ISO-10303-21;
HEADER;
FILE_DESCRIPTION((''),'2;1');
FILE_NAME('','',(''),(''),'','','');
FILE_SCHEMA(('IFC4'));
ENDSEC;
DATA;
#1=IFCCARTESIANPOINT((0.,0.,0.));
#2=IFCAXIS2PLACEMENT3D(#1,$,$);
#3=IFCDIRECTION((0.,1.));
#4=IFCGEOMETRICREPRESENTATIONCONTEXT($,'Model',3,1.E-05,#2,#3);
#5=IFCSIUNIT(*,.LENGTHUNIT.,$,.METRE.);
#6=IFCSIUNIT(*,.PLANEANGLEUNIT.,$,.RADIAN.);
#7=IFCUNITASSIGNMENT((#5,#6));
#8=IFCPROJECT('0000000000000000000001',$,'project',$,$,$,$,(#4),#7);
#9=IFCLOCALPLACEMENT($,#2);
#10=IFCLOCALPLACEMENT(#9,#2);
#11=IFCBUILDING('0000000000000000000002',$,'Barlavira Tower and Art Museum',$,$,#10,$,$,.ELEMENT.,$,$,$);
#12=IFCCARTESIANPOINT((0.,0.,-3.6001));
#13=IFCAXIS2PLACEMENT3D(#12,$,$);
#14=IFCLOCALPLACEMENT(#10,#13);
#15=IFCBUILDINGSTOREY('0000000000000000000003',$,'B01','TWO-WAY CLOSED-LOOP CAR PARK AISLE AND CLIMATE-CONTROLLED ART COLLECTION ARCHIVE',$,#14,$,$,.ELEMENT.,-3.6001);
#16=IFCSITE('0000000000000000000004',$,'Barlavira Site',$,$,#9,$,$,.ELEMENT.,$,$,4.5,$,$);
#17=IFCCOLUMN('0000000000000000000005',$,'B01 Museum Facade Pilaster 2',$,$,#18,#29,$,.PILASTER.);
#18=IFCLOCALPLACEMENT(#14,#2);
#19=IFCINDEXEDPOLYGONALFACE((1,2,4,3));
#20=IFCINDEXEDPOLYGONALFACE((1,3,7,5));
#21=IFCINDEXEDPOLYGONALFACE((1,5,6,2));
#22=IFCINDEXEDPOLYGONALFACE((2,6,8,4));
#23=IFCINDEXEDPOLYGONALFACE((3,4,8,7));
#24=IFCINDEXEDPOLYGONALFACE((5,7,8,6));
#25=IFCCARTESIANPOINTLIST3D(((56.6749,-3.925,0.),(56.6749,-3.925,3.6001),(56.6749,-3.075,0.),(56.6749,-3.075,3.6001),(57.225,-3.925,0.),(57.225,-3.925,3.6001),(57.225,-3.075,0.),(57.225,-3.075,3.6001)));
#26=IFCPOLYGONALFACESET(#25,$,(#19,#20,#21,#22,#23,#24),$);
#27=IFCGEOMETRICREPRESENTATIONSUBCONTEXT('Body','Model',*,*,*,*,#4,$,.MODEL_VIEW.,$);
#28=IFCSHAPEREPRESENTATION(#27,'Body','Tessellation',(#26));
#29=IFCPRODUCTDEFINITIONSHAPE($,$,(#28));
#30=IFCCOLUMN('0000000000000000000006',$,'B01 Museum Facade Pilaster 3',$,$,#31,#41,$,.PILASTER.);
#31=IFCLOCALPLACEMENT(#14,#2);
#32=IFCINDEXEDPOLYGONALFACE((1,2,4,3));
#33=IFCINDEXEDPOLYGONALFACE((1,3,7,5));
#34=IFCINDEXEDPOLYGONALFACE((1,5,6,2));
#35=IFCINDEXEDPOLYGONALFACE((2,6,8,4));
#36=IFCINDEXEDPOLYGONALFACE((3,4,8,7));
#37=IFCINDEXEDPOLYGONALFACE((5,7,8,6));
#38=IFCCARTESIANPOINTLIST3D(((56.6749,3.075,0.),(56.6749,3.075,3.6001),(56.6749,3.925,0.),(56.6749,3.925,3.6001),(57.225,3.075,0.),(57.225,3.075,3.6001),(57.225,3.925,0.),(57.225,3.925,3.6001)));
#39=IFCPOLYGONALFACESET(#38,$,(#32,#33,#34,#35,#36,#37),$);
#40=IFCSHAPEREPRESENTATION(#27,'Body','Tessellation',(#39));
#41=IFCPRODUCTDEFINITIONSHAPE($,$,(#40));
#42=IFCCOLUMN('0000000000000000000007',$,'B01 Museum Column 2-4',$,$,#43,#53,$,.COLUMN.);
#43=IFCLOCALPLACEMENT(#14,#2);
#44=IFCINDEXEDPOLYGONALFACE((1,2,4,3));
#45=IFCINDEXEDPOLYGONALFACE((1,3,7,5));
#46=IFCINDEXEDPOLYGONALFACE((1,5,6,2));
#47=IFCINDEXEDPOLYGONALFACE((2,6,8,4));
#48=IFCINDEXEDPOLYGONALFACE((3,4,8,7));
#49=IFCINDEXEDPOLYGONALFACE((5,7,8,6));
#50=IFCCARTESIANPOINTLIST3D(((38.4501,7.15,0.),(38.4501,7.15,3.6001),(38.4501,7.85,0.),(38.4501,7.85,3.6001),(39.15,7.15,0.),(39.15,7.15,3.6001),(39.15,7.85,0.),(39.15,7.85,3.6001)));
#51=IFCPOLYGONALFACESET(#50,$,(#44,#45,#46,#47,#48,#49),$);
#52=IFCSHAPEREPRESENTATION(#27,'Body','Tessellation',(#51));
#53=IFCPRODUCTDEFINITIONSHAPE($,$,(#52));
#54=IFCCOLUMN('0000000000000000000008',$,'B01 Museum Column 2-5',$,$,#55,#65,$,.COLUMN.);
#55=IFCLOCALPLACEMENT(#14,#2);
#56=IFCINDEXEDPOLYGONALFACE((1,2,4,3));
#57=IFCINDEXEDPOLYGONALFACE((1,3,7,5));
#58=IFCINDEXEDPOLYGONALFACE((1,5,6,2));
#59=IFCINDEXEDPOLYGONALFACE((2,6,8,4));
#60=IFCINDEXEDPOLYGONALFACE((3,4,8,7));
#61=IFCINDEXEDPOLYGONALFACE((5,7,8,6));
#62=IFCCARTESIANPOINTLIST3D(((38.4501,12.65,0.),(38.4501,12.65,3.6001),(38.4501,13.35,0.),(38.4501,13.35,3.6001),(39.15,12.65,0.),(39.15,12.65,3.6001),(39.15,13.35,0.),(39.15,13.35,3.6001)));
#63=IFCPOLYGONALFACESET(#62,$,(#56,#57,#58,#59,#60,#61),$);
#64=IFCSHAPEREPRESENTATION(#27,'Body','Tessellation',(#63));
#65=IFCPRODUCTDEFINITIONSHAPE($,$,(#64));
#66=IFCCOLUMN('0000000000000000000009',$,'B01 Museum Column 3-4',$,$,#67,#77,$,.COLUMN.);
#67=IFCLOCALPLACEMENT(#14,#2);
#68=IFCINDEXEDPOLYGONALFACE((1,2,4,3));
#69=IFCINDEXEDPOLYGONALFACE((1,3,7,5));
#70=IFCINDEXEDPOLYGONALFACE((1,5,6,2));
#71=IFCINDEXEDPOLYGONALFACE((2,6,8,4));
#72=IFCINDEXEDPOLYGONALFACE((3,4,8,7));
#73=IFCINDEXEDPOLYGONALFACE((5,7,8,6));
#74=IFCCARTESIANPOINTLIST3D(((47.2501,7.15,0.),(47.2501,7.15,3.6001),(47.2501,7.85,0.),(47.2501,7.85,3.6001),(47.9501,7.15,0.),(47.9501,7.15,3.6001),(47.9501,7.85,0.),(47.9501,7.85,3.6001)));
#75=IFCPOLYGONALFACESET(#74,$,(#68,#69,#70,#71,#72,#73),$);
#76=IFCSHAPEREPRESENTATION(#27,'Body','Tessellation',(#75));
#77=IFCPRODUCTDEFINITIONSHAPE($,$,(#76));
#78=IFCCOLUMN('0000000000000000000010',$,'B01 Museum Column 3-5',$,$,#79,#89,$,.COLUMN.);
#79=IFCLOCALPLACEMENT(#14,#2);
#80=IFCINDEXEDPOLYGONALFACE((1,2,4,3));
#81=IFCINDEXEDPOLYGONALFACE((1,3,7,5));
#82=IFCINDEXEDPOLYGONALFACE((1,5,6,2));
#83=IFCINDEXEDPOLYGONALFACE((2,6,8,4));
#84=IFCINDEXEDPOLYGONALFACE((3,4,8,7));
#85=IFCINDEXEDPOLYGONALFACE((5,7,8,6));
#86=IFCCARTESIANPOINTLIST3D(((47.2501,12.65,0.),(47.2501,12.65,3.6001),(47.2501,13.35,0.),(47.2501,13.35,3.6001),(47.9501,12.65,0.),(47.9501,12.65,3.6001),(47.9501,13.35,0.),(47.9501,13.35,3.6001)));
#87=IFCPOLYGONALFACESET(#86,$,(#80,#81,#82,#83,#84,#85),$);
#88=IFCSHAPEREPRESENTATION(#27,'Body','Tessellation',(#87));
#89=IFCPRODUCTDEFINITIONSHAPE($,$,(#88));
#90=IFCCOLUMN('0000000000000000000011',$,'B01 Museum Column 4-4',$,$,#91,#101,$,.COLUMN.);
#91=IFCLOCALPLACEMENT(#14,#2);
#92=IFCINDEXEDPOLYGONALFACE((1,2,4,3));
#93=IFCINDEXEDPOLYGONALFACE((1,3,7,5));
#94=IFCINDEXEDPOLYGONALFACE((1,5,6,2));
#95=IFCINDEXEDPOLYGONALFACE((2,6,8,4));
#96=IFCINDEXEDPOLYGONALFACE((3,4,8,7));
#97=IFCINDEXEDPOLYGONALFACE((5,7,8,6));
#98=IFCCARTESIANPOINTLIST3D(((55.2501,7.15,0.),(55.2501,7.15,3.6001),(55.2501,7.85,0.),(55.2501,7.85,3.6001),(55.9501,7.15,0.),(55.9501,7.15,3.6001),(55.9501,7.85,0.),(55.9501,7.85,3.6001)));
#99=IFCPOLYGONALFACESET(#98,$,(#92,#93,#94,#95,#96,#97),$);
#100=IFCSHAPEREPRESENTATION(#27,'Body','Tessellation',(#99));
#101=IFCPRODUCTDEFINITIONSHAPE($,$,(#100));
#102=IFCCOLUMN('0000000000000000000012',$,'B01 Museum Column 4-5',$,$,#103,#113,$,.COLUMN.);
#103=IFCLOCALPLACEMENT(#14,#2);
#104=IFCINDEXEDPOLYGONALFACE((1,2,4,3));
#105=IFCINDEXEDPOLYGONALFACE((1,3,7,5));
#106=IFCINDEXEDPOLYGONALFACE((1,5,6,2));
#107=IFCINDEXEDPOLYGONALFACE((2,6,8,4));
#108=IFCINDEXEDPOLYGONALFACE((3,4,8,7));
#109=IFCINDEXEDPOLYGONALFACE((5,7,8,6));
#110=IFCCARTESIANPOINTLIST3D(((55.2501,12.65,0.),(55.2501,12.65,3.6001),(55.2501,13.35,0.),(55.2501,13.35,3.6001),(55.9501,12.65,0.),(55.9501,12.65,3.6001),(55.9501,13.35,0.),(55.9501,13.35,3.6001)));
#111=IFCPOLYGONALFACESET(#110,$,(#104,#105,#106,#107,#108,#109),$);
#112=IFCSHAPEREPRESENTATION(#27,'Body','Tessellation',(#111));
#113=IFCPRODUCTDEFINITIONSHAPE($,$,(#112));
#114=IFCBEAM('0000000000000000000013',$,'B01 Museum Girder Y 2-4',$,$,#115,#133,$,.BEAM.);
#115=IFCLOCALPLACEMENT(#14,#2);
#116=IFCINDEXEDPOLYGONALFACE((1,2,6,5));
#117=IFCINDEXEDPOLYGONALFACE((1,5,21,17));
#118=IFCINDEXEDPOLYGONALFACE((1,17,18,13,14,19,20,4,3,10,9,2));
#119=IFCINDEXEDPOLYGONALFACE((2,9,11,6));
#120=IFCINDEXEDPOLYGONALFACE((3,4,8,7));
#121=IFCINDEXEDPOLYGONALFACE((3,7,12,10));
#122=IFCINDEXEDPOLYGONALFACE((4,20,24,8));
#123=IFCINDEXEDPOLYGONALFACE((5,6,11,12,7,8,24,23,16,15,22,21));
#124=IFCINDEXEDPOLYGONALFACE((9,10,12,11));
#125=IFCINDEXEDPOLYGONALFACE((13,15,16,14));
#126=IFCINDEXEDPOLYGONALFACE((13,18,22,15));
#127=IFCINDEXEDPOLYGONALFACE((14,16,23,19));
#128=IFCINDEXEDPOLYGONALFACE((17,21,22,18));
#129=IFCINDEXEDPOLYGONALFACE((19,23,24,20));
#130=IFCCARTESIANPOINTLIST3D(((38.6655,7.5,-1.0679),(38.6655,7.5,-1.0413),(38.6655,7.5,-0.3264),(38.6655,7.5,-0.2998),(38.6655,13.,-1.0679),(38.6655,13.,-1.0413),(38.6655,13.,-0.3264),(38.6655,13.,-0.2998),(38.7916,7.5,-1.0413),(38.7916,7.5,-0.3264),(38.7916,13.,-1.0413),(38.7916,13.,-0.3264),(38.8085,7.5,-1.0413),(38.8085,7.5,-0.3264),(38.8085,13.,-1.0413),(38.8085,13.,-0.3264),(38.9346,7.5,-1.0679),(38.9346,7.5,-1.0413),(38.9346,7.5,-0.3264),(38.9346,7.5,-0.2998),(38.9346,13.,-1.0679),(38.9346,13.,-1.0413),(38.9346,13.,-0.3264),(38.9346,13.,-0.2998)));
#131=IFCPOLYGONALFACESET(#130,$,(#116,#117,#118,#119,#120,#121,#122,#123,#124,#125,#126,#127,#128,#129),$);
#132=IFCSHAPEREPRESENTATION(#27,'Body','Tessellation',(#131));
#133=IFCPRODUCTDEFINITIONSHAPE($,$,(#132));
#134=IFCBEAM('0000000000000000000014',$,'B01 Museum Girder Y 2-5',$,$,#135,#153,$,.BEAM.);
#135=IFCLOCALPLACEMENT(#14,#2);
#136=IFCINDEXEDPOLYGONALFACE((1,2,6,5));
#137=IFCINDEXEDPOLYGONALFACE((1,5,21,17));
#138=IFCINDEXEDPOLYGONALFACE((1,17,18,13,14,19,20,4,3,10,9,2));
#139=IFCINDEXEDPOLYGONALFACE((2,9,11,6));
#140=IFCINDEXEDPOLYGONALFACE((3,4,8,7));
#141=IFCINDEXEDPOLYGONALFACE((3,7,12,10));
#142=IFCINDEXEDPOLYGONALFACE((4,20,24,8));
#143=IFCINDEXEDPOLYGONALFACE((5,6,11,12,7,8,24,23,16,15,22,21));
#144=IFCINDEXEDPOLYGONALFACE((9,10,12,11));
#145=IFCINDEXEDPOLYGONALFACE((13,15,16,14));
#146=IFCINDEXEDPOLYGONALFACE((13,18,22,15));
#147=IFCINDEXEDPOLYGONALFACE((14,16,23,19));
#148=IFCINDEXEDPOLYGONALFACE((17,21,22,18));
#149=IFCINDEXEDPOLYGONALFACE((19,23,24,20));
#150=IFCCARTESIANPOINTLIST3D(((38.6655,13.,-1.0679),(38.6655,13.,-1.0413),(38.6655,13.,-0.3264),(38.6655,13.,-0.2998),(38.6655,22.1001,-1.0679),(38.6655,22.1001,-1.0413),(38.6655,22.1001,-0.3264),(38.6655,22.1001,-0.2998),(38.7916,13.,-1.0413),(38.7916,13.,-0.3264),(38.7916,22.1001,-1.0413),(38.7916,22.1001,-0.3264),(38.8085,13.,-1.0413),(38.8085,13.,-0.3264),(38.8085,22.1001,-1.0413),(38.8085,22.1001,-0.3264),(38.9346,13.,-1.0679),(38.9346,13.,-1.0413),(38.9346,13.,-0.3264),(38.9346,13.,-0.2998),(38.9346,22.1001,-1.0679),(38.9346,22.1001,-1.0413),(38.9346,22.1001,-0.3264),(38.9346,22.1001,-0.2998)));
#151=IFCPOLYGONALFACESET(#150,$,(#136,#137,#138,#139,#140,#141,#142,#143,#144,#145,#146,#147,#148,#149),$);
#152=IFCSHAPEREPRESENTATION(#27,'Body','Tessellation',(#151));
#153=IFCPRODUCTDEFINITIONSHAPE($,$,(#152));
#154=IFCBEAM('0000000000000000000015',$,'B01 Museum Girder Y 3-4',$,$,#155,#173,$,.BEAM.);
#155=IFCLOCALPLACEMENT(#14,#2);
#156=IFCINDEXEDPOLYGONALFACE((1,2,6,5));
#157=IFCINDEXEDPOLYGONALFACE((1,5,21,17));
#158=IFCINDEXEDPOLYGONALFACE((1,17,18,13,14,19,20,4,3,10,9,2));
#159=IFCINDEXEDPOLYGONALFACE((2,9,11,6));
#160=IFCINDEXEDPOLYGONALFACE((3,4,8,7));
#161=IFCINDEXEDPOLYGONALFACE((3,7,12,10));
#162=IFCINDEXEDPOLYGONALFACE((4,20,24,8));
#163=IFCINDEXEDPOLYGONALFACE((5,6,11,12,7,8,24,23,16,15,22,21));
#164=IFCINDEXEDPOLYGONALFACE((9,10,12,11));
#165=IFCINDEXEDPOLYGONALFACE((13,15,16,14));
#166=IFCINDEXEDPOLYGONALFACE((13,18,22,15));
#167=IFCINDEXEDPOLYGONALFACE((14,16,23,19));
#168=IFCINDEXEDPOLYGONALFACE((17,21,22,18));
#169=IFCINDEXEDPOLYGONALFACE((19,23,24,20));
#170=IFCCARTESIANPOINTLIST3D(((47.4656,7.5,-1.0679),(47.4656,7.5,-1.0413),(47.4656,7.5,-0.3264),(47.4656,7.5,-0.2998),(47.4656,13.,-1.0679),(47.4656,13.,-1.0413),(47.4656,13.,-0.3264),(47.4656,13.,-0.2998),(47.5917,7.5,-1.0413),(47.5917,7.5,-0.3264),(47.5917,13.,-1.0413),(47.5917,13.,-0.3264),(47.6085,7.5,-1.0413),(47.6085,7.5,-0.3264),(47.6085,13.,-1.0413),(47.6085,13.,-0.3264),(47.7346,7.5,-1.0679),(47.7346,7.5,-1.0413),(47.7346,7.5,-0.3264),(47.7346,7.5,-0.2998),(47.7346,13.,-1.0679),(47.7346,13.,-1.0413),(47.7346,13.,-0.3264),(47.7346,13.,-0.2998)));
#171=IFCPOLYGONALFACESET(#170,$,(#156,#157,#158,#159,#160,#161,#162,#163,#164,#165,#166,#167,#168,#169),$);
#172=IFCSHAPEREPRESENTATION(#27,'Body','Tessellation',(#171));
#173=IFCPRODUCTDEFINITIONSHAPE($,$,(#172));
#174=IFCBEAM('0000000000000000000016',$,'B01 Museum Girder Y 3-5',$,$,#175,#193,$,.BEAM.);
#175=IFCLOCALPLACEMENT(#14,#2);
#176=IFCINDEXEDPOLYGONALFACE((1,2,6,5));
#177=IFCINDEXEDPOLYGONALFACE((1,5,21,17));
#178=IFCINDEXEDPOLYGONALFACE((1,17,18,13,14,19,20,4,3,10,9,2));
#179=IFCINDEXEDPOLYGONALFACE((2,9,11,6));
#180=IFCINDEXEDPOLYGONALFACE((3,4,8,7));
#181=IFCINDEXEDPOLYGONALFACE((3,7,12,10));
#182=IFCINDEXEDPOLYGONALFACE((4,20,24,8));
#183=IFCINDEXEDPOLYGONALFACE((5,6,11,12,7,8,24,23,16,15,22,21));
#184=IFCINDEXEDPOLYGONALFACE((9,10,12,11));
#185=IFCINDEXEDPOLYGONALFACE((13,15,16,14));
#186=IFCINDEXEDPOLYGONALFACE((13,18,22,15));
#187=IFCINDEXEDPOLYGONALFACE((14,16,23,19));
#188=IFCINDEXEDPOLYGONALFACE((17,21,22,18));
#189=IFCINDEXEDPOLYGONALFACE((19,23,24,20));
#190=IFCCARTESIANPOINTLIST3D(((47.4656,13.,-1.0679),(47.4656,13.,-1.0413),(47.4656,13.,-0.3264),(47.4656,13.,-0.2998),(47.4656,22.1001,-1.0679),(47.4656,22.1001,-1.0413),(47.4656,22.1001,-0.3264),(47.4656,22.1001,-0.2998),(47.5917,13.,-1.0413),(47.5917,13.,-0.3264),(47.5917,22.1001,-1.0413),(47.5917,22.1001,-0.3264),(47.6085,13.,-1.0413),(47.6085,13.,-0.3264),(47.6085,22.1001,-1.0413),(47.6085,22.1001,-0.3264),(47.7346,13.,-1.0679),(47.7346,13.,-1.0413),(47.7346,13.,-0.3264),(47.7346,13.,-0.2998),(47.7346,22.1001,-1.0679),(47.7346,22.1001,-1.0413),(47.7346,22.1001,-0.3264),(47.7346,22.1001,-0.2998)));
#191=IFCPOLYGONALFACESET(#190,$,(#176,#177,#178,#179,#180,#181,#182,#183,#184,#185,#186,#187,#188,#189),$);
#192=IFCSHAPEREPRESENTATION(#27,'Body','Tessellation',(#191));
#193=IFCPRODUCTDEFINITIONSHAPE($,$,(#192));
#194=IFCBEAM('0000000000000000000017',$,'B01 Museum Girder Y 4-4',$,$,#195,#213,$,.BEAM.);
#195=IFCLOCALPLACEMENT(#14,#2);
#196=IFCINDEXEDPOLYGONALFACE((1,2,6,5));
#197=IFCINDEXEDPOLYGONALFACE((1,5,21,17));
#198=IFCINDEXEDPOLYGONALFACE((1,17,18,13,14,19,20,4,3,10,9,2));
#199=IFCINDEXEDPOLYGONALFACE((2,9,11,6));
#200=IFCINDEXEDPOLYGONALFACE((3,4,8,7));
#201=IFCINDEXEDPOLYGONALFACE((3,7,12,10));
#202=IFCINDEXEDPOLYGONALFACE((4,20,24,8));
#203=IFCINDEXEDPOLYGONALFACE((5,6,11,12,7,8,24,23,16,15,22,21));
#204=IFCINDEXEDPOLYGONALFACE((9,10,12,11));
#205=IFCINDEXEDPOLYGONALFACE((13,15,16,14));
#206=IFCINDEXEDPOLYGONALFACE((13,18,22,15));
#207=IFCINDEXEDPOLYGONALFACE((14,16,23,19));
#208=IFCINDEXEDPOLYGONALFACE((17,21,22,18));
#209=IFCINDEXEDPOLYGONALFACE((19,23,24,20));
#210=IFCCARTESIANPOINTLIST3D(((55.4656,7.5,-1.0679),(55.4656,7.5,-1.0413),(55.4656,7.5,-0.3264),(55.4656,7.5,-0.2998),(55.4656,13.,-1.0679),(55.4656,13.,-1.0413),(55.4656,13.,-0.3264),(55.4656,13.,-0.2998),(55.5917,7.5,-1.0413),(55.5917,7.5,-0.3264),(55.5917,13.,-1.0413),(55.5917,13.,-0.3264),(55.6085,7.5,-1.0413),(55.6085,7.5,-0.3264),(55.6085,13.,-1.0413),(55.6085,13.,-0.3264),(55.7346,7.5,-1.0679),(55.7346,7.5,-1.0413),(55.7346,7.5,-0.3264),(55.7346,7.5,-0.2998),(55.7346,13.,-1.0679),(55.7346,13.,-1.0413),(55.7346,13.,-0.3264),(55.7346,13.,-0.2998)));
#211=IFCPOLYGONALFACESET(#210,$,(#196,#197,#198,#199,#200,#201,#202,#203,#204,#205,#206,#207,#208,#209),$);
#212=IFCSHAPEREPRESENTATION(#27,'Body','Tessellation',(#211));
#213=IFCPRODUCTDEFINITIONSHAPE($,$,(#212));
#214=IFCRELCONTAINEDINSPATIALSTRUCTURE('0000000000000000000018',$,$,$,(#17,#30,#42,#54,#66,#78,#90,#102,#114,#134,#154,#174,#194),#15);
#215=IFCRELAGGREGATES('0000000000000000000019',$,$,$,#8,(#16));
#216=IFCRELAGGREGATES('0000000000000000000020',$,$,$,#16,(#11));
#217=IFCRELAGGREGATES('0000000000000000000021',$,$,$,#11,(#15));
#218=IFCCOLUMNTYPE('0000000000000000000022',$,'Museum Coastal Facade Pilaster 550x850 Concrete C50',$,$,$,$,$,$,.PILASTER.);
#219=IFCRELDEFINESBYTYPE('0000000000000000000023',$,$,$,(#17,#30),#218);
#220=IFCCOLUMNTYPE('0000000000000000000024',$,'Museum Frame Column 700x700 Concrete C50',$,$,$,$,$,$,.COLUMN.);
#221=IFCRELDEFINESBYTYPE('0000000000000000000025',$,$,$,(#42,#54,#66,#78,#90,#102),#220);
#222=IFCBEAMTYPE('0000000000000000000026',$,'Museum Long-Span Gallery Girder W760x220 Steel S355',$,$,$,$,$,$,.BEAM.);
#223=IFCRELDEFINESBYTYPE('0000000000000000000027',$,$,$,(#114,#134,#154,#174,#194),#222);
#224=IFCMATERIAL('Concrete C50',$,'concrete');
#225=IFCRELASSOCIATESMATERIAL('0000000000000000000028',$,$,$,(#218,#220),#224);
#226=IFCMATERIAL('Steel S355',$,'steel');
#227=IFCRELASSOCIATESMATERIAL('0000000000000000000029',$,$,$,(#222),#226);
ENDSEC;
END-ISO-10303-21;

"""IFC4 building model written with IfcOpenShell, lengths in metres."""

from ifc_helpers import new_model, si_unit, direction, frame, origin, origin_2d, place, context, subcontext, project, spatial, rectangle, i_section, extrude, material, material_profile, profile_set, type_object, element, save


model = new_model("IFC4")

# Units and contexts
model_context = context("Model", 3, precision=1e-05, world=origin(), true_north=direction((0.0, 1.0)))
body_context = subcontext(model_context, "Body", "Model", "MODEL_VIEW")
ifc_project = project(units=[si_unit("LENGTHUNIT", "METRE"), si_unit("PLANEANGLEUNIT", "RADIAN")], contexts=[model_context])

# Site, building, storey
site_placement = place(None, origin())
site = spatial("IfcSite", under=ifc_project, at=site_placement, Name="Barlavira Site", CompositionType="ELEMENT", RefElevation=4.5)
building_placement = place(site_placement, origin())
building = spatial("IfcBuilding", under=site, at=building_placement, Name="Barlavira Tower and Art Museum", CompositionType="ELEMENT")
storey_placement = place(building_placement, frame((0.0, 0.0, -3.6001)))
storey = spatial("IfcBuildingStorey", under=building, at=storey_placement, Name="B01", Description="TWO-WAY CLOSED-LOOP CAR PARK AISLE AND CLIMATE-CONTROLLED ART COLLECTION ARCHIVE", CompositionType="ELEMENT", Elevation=-3.6001)

# Columns
ifc_material_1 = material(Name="Concrete C50", Category="concrete")
ifc_material_profile_1 = material_profile(ifc_material_1, rectangle(XDim=0.55, YDim=0.8501, at=origin_2d()), Name="RC-PIL 550x850")
ifc_profile_set_1 = profile_set([ifc_material_profile_1], Name="Concrete C50")
column_type_1 = type_object("IfcColumnType", Name="Museum Coastal Facade Pilaster 550x850 Concrete C50", PredefinedType="PILASTER", material=ifc_profile_set_1)
for number, where, z_axis, x_axis, name in (
    (1, (56.95, -3.5, 0.0), (0.0, 0.0, 1.0), (1.0, 0.0, 0.0), "B01 Museum Facade Pilaster 2"),
    (2, (56.95, 3.5, 0.0), (0.0, 0.0, 1.0), (1.0, 0.0, 0.0), "B01 Museum Facade Pilaster 3"),
):
    element("IfcColumn", number, at=place(storey_placement, frame(where, z_axis=z_axis, x_axis=x_axis)), inside=storey, type_object=column_type_1, Name=name, PredefinedType="PILASTER", context=body_context, shape_type="SweptSolid", body=[
        extrude(rectangle(XDim=0.55, YDim=0.8501, at=origin_2d()), origin(), (0.0, 0.0, 1.0), 3.6001),
    ])
ifc_material_profile_2 = material_profile(ifc_material_1, rectangle(XDim=0.7, YDim=0.7, at=origin_2d()), Name="RC-COL 700x700")
ifc_profile_set_2 = profile_set([ifc_material_profile_2], Name="Concrete C50")
column_type_2 = type_object("IfcColumnType", Name="Museum Frame Column 700x700 Concrete C50", PredefinedType="COLUMN", material=ifc_profile_set_2)
for number, where, z_axis, x_axis, name in (
    (3, (38.8, 7.5, 0.0), (0.0, 0.0, 1.0), (1.0, 0.0, 0.0), "B01 Museum Column 2-4"),
    (4, (38.8, 13.0, 0.0), (0.0, 0.0, 1.0), (1.0, 0.0, 0.0), "B01 Museum Column 2-5"),
    (5, (47.6001, 7.5, 0.0), (0.0, 0.0, 1.0), (1.0, 0.0, 0.0), "B01 Museum Column 3-4"),
    (6, (47.6001, 13.0, 0.0), (0.0, 0.0, 1.0), (1.0, 0.0, 0.0), "B01 Museum Column 3-5"),
    (7, (55.6001, 7.5, 0.0), (0.0, 0.0, 1.0), (1.0, 0.0, 0.0), "B01 Museum Column 4-4"),
    (8, (55.6001, 13.0, 0.0), (0.0, 0.0, 1.0), (1.0, 0.0, 0.0), "B01 Museum Column 4-5"),
):
    element("IfcColumn", number, at=place(storey_placement, frame(where, z_axis=z_axis, x_axis=x_axis)), inside=storey, type_object=column_type_2, Name=name, PredefinedType="COLUMN", context=body_context, shape_type="SweptSolid", body=[
        extrude(rectangle(XDim=0.7, YDim=0.7, at=origin_2d()), origin(), (0.0, 0.0, 1.0), 3.6001),
    ])

# Beams
ifc_material_2 = material(Name="Steel S355", Category="steel")
ifc_material_profile_3 = material_profile(ifc_material_2, i_section(OverallWidth=0.269, OverallDepth=0.7681, WebThickness=0.0168, FlangeThickness=0.0266, at=origin_2d()), Name="W760x220.0")
ifc_profile_set_3 = profile_set([ifc_material_profile_3], Name="Steel S355")
beam_type = type_object("IfcBeamType", Name="Museum Long-Span Gallery Girder W760x220 Steel S355", PredefinedType="BEAM", material=ifc_profile_set_3)
beam_1_placement = place(storey_placement, frame((38.8, 7.5, -0.6838), z_axis=(0.0, 1.0, 0.0), x_axis=(-1.0, 0.0, 0.0)))
element("IfcBeam", 9, at=beam_1_placement, inside=storey, type_object=beam_type, Name="B01 Museum Girder Y 2-4", PredefinedType="BEAM", context=body_context, shape_type="SweptSolid", body=[
    extrude(i_section(OverallWidth=0.269, OverallDepth=0.7681, WebThickness=0.0168, FlangeThickness=0.0266, at=origin_2d()), origin(), (0.0, 0.0, 1.0), 5.5),
])
beam_2_placement = place(storey_placement, frame((38.8, 13.0, -0.6838), z_axis=(0.0, 1.0, 0.0), x_axis=(-1.0, 0.0, 0.0)))
element("IfcBeam", 10, at=beam_2_placement, inside=storey, type_object=beam_type, Name="B01 Museum Girder Y 2-5", PredefinedType="BEAM", context=body_context, shape_type="SweptSolid", body=[
    extrude(i_section(OverallWidth=0.269, OverallDepth=0.7681, WebThickness=0.0168, FlangeThickness=0.0266, at=origin_2d()), origin(), (0.0, 0.0, 1.0), 9.1001),
])
beam_3_placement = place(storey_placement, frame((47.6001, 7.5, -0.6838), z_axis=(0.0, 1.0, 0.0), x_axis=(-1.0, 0.0, 0.0)))
element("IfcBeam", 11, at=beam_3_placement, inside=storey, type_object=beam_type, Name="B01 Museum Girder Y 3-4", PredefinedType="BEAM", context=body_context, shape_type="SweptSolid", body=[
    extrude(i_section(OverallWidth=0.269, OverallDepth=0.7681, WebThickness=0.0168, FlangeThickness=0.0266, at=origin_2d()), origin(), (0.0, 0.0, 1.0), 5.5),
])
beam_4_placement = place(storey_placement, frame((47.6001, 13.0, -0.6838), z_axis=(0.0, 1.0, 0.0), x_axis=(-1.0, 0.0, 0.0)))
element("IfcBeam", 12, at=beam_4_placement, inside=storey, type_object=beam_type, Name="B01 Museum Girder Y 3-5", PredefinedType="BEAM", context=body_context, shape_type="SweptSolid", body=[
    extrude(i_section(OverallWidth=0.269, OverallDepth=0.7681, WebThickness=0.0168, FlangeThickness=0.0266, at=origin_2d()), origin(), (0.0, 0.0, 1.0), 9.1001),
])
beam_5_placement = place(storey_placement, frame((55.6001, 7.5, -0.6838), z_axis=(0.0, 1.0, 0.0), x_axis=(-1.0, 0.0, 0.0)))
element("IfcBeam", 13, at=beam_5_placement, inside=storey, type_object=beam_type, Name="B01 Museum Girder Y 4-4", PredefinedType="BEAM", context=body_context, shape_type="SweptSolid", body=[
    extrude(i_section(OverallWidth=0.269, OverallDepth=0.7681, WebThickness=0.0168, FlangeThickness=0.0266, at=origin_2d()), origin(), (0.0, 0.0, 1.0), 5.5),
])

save(model, "model.ifc")
